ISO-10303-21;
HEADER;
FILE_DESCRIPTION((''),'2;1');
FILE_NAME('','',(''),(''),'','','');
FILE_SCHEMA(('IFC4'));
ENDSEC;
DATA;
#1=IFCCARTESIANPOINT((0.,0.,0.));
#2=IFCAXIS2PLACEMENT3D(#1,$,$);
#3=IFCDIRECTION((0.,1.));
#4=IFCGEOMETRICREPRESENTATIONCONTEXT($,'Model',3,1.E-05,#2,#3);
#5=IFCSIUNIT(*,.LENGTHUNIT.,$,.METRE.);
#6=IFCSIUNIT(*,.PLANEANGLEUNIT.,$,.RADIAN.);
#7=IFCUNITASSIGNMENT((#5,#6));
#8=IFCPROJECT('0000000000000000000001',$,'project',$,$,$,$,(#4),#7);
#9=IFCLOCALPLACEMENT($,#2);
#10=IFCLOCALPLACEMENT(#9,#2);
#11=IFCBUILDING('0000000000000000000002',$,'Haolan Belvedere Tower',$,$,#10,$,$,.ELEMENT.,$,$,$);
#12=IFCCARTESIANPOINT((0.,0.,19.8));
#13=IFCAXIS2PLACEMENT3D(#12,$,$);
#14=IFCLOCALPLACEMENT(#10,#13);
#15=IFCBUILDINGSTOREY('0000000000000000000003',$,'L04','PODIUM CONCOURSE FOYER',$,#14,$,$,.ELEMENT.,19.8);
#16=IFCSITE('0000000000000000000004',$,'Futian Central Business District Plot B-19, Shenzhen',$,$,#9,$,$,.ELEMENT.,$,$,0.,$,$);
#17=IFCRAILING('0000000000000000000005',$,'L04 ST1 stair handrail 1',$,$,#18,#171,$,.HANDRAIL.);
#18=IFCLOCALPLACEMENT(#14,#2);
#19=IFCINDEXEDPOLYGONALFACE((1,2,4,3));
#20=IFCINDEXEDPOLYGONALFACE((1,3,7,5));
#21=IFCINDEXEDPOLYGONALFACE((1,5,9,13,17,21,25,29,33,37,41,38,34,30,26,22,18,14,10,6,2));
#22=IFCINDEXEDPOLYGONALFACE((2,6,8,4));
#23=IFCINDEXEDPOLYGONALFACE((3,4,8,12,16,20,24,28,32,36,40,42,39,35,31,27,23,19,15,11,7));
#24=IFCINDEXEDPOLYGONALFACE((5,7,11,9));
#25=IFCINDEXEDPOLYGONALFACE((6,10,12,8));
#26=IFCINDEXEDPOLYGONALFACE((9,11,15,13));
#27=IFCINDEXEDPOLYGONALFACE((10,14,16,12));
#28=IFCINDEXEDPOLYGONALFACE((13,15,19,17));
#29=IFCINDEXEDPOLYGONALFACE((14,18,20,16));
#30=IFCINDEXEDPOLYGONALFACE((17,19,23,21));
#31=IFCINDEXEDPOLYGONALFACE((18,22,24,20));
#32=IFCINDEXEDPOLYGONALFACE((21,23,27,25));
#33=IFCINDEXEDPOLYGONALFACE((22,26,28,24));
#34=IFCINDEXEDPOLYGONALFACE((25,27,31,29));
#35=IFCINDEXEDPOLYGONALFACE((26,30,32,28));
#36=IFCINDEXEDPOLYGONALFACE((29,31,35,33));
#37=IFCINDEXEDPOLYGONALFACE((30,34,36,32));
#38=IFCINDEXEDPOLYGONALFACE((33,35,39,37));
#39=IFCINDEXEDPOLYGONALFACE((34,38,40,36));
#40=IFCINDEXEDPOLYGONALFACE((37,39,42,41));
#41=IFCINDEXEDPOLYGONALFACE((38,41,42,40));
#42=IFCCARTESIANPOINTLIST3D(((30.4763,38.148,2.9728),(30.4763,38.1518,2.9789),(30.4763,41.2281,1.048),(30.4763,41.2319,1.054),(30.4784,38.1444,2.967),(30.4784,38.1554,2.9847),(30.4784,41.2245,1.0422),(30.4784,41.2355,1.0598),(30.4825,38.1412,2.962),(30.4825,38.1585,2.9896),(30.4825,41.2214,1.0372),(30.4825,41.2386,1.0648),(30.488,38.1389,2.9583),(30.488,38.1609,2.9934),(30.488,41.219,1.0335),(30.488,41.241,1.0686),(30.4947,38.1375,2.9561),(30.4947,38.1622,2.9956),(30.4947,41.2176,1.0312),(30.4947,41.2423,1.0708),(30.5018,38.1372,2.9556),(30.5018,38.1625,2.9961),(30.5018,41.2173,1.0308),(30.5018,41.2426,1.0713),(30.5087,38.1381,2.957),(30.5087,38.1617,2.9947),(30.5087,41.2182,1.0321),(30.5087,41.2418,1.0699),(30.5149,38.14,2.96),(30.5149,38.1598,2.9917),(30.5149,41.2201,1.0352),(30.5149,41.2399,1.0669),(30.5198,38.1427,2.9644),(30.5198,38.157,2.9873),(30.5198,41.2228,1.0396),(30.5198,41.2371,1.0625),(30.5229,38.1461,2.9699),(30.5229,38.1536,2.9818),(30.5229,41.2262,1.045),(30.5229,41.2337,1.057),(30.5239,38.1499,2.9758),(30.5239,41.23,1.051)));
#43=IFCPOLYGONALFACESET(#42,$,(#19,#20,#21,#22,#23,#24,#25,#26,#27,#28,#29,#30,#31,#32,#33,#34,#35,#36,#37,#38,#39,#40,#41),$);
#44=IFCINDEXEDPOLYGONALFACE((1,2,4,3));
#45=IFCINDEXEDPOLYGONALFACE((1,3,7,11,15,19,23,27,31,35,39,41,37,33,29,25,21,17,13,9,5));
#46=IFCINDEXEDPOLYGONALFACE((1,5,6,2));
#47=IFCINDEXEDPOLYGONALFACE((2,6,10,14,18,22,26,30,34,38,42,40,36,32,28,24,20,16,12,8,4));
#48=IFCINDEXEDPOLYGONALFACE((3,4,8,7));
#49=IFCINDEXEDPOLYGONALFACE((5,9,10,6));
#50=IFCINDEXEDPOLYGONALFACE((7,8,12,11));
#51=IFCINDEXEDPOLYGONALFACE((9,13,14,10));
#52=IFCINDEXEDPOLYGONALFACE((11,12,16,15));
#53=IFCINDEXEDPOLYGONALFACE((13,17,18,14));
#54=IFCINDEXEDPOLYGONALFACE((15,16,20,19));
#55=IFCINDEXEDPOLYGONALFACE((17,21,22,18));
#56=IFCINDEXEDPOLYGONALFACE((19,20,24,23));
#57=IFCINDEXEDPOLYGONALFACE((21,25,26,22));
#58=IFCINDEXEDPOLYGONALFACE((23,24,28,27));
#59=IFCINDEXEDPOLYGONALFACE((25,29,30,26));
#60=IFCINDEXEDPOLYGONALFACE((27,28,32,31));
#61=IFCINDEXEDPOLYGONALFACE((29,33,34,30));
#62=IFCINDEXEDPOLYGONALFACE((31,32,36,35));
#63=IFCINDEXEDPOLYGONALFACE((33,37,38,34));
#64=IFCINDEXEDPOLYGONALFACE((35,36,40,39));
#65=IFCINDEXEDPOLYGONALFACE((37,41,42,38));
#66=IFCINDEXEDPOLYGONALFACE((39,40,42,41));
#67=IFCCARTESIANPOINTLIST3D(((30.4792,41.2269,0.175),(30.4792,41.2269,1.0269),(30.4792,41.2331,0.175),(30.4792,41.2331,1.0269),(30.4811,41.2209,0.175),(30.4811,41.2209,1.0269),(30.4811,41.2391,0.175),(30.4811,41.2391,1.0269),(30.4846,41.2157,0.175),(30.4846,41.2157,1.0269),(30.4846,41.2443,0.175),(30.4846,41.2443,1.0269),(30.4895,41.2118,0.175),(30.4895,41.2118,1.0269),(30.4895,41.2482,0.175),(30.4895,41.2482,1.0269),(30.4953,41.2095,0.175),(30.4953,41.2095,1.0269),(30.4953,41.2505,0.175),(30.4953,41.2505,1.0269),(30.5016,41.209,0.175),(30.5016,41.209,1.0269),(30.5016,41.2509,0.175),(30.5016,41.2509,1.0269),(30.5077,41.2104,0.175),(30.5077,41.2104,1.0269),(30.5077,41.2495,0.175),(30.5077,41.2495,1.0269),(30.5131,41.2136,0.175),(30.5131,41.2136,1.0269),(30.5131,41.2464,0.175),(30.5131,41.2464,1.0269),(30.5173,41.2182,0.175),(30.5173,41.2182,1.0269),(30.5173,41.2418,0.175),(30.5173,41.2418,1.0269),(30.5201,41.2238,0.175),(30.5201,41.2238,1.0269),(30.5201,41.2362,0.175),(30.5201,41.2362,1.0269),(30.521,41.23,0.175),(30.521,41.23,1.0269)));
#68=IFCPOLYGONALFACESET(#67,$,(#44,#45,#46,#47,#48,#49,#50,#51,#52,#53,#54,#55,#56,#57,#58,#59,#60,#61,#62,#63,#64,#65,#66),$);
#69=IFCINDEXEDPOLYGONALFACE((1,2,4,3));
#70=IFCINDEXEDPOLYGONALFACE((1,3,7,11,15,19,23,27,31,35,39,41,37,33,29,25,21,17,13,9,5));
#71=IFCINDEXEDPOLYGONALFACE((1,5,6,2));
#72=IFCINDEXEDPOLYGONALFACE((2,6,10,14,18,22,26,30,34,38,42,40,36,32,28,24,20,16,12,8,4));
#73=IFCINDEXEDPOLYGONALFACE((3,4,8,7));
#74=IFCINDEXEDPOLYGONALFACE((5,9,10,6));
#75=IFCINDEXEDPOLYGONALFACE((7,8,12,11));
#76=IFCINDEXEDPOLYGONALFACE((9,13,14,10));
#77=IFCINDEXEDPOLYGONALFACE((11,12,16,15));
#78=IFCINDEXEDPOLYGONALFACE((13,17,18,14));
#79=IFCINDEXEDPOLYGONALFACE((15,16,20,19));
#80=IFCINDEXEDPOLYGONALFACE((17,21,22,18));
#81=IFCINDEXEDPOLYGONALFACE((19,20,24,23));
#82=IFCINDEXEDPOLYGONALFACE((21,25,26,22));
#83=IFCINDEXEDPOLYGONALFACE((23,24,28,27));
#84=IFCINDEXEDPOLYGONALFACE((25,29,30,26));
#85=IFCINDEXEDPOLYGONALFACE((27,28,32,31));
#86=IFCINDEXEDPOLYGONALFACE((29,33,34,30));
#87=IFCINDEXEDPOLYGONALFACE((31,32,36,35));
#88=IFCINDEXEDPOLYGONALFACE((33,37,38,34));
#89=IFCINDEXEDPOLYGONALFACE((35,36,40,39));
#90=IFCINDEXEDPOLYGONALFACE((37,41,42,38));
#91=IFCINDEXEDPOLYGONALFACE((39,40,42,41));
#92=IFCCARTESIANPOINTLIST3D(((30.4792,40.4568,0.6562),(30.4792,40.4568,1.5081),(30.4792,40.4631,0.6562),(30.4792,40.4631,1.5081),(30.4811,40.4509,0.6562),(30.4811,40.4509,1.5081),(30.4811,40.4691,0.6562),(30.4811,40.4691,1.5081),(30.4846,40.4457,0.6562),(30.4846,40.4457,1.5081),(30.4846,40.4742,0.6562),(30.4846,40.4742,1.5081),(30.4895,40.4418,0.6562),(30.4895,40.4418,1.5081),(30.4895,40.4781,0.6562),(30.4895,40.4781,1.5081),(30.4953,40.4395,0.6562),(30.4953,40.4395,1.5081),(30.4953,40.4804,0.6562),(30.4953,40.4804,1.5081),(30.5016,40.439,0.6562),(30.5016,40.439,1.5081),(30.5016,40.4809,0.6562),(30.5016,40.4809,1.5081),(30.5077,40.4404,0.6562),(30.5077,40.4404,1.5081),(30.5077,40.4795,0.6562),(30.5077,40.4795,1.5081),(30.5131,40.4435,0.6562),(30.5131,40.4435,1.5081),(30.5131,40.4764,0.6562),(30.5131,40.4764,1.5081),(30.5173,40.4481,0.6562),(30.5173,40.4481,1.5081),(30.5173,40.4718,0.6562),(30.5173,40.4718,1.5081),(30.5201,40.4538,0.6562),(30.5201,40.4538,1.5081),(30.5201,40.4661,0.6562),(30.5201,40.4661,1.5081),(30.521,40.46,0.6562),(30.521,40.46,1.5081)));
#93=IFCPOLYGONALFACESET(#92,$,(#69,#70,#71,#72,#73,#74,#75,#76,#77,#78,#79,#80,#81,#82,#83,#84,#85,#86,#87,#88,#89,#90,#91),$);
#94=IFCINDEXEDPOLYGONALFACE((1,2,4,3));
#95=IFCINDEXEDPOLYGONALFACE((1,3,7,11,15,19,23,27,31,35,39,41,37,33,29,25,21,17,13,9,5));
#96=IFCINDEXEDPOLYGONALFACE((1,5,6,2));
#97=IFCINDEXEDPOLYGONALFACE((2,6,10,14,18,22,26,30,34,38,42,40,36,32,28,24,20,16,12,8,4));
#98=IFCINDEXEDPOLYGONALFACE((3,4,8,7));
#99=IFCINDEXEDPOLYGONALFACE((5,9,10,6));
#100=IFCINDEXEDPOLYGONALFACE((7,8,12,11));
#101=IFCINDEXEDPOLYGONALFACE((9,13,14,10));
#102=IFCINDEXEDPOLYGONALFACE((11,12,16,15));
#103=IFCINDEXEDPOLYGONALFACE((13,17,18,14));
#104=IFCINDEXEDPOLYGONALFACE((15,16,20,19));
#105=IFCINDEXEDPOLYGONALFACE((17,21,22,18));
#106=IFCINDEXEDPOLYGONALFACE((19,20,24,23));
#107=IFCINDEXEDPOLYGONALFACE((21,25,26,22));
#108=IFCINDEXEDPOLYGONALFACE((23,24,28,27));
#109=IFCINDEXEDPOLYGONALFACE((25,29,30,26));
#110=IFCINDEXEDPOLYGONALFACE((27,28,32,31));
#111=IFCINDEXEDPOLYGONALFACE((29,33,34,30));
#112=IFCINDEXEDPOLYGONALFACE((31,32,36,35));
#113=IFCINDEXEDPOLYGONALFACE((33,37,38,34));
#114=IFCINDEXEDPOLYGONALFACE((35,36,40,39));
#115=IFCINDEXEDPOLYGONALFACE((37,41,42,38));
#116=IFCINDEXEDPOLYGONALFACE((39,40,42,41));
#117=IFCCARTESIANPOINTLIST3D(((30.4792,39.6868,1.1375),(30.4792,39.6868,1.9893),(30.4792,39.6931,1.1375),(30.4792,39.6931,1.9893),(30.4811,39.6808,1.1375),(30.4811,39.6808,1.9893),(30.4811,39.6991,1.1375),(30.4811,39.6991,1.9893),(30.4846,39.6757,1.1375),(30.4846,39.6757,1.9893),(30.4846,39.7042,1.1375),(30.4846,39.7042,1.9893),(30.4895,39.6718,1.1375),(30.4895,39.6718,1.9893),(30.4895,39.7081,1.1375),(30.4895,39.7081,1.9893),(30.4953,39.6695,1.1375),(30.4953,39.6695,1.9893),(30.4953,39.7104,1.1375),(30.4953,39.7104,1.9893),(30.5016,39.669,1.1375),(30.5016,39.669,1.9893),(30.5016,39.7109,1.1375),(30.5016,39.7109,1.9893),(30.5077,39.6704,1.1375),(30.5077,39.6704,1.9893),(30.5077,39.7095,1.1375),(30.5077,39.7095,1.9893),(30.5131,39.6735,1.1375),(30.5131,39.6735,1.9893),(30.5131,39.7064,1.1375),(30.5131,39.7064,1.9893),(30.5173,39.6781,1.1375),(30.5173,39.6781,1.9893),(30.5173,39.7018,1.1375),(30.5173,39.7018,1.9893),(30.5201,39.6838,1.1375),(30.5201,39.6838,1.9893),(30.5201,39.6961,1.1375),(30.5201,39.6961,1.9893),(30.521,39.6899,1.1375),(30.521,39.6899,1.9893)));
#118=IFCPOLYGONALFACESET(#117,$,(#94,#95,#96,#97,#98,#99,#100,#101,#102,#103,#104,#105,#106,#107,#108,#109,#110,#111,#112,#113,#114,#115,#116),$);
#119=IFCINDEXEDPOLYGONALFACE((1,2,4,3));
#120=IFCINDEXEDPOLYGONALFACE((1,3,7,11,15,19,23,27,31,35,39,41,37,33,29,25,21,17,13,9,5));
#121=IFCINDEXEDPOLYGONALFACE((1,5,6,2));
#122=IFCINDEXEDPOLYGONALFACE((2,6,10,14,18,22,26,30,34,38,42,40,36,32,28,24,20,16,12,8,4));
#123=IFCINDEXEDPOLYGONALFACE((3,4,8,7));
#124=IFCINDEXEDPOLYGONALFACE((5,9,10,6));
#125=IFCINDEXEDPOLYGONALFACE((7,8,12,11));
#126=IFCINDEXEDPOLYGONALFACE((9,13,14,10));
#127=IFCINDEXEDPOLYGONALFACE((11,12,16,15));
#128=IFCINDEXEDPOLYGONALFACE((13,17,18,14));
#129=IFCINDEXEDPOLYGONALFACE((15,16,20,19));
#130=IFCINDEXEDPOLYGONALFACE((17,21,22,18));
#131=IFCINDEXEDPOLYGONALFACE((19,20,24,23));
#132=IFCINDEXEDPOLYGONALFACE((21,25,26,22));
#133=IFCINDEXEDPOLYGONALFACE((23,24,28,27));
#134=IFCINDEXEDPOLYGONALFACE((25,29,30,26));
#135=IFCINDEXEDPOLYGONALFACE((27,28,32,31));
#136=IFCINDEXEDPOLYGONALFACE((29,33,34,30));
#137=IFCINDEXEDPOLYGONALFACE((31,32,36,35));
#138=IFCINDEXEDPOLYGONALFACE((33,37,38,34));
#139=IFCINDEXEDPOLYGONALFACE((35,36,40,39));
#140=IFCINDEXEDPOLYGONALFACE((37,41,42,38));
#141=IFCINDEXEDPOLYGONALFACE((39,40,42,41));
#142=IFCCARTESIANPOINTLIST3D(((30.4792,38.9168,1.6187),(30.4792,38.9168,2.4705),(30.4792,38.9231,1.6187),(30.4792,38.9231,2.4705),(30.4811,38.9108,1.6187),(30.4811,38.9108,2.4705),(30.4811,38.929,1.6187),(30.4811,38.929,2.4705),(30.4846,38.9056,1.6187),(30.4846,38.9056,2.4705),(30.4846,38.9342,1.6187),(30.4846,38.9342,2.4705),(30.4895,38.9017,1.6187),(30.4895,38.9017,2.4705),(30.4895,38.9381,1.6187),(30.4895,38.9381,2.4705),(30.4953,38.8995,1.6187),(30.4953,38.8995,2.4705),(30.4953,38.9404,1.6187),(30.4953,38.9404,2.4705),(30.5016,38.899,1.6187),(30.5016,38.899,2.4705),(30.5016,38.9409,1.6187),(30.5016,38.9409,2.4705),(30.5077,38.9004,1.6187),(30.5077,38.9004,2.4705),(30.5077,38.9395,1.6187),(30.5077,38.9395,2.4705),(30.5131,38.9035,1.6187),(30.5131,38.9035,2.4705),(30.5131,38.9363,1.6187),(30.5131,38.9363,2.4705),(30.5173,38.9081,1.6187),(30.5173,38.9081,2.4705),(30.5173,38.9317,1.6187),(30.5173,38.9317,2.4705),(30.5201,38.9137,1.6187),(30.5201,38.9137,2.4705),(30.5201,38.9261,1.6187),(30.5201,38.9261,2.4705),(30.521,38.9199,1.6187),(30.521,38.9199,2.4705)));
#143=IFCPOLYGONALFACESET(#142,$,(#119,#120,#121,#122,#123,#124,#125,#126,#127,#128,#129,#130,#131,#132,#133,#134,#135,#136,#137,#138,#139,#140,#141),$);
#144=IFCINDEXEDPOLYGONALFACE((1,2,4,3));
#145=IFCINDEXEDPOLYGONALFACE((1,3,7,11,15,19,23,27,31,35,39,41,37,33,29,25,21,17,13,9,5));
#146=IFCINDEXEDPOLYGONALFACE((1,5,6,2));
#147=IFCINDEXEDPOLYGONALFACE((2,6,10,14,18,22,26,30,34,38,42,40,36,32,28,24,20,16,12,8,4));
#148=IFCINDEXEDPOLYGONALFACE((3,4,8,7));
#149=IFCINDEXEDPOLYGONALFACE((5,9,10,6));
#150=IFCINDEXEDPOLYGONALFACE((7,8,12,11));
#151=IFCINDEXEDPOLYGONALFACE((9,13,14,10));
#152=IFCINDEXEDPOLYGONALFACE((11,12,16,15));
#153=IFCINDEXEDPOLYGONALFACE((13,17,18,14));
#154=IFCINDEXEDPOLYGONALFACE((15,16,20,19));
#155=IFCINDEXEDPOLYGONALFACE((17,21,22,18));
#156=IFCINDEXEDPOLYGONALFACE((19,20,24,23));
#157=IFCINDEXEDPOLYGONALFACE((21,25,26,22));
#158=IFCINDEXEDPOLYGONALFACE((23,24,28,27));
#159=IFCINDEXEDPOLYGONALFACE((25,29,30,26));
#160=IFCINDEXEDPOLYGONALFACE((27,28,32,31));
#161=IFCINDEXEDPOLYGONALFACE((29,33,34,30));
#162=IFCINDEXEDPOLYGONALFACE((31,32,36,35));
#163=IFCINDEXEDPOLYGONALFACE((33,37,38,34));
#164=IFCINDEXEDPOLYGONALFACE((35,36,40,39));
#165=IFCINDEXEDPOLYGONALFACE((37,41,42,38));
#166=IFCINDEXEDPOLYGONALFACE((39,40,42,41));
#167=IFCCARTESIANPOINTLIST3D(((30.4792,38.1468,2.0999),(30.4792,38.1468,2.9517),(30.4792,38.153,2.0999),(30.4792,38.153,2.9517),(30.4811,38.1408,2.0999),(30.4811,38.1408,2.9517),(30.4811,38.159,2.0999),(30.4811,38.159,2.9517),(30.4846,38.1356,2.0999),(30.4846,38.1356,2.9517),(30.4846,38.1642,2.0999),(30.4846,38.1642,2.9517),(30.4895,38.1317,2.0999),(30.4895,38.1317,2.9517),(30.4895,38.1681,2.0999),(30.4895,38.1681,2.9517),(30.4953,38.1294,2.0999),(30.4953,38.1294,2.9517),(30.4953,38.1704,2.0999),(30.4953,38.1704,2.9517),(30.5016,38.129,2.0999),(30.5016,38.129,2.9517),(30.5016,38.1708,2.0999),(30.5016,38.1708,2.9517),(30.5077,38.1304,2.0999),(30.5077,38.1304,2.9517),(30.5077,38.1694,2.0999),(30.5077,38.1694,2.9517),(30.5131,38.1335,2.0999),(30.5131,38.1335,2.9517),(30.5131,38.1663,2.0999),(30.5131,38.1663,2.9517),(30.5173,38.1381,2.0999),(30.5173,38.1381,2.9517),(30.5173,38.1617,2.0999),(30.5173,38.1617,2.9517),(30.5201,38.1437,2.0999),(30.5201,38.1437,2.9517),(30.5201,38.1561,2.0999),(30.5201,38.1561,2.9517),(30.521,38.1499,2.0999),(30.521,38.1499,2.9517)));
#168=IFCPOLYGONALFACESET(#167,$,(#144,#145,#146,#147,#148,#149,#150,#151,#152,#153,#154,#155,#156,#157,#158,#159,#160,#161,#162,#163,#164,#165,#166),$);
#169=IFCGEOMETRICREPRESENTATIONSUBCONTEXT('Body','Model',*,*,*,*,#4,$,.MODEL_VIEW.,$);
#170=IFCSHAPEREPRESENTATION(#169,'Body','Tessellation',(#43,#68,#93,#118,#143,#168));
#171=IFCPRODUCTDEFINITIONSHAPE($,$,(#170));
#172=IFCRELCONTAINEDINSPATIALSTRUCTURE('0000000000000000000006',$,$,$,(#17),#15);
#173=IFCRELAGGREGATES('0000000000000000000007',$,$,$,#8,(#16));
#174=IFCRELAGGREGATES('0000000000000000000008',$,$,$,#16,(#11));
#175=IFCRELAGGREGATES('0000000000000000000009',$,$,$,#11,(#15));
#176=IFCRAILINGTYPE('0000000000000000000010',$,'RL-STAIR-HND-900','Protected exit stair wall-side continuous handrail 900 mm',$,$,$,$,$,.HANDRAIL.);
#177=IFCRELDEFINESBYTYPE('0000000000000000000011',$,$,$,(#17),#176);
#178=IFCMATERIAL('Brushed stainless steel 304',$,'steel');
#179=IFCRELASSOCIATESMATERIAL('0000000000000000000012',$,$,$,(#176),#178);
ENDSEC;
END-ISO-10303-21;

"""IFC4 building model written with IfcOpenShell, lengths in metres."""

from ifc_helpers import new_model, si_unit, direction, frame, origin, origin_2d, place, context, subcontext, project, spatial, circle, extrude, material, type_object, element, save


model = new_model("IFC4")

# Units and contexts
model_context = context("Model", 3, precision=1e-05, world=origin(), true_north=direction((0.0, 1.0)))
body_context = subcontext(model_context, "Body", "Model", "MODEL_VIEW")
ifc_project = project(units=[si_unit("LENGTHUNIT", "METRE"), si_unit("PLANEANGLEUNIT", "RADIAN")], contexts=[model_context])

# Site, building, storey
site_placement = place(None, origin())
site = spatial("IfcSite", under=ifc_project, at=site_placement, Name="Futian Central Business District Plot B-19, Shenzhen", CompositionType="ELEMENT", RefElevation=0.0)
building_placement = place(site_placement, origin())
building = spatial("IfcBuilding", under=site, at=building_placement, Name="Haolan Belvedere Tower", CompositionType="ELEMENT")
storey_placement = place(building_placement, frame((0.0, 0.0, 19.8)))
storey = spatial("IfcBuildingStorey", under=building, at=storey_placement, Name="L04", Description="PODIUM CONCOURSE FOYER", CompositionType="ELEMENT", Elevation=19.8)

# Railing
ifc_material_1 = material(Name="Brushed stainless steel 304", Category="steel")
railing_type = type_object("IfcRailingType", Name="RL-STAIR-HND-900", Description="Protected exit stair wall-side continuous handrail 900 mm", PredefinedType="HANDRAIL", material=ifc_material_1)
railing_placement = place(storey_placement, frame((30.5, 41.23, 0.175)))
element("IfcRailing", 1, at=railing_placement, inside=storey, type_object=railing_type, Name="L04 ST1 stair handrail 1", PredefinedType="HANDRAIL", context=body_context, shape_type="SweptSolid", body=[
    extrude(circle(Radius=0.0239, at=origin_2d()), frame((0.0, 0.0, 0.876), z_axis=(0.0, -0.848029, 0.529951), x_axis=(1.0, 0.0, 0.0)), (0.0, 0.0, 1.0), 3.6321),
    extrude(circle(Radius=0.021, at=origin_2d()), origin(), (0.0, 0.0, 1.0), 0.8518),
    extrude(circle(Radius=0.021, at=origin_2d()), frame((0.0, -0.77, 0.4812)), (0.0, 0.0, 1.0), 0.8518),
    extrude(circle(Radius=0.021, at=origin_2d()), frame((0.0, -1.54, 0.9624)), (0.0, 0.0, 1.0), 0.8518),
    extrude(circle(Radius=0.021, at=origin_2d()), frame((0.0, -2.3101, 1.4436)), (0.0, 0.0, 1.0), 0.8518),
    extrude(circle(Radius=0.021, at=origin_2d()), frame((0.0, -3.0801, 1.9248)), (0.0, 0.0, 1.0), 0.8518),
])

save(model, "model.ifc")
